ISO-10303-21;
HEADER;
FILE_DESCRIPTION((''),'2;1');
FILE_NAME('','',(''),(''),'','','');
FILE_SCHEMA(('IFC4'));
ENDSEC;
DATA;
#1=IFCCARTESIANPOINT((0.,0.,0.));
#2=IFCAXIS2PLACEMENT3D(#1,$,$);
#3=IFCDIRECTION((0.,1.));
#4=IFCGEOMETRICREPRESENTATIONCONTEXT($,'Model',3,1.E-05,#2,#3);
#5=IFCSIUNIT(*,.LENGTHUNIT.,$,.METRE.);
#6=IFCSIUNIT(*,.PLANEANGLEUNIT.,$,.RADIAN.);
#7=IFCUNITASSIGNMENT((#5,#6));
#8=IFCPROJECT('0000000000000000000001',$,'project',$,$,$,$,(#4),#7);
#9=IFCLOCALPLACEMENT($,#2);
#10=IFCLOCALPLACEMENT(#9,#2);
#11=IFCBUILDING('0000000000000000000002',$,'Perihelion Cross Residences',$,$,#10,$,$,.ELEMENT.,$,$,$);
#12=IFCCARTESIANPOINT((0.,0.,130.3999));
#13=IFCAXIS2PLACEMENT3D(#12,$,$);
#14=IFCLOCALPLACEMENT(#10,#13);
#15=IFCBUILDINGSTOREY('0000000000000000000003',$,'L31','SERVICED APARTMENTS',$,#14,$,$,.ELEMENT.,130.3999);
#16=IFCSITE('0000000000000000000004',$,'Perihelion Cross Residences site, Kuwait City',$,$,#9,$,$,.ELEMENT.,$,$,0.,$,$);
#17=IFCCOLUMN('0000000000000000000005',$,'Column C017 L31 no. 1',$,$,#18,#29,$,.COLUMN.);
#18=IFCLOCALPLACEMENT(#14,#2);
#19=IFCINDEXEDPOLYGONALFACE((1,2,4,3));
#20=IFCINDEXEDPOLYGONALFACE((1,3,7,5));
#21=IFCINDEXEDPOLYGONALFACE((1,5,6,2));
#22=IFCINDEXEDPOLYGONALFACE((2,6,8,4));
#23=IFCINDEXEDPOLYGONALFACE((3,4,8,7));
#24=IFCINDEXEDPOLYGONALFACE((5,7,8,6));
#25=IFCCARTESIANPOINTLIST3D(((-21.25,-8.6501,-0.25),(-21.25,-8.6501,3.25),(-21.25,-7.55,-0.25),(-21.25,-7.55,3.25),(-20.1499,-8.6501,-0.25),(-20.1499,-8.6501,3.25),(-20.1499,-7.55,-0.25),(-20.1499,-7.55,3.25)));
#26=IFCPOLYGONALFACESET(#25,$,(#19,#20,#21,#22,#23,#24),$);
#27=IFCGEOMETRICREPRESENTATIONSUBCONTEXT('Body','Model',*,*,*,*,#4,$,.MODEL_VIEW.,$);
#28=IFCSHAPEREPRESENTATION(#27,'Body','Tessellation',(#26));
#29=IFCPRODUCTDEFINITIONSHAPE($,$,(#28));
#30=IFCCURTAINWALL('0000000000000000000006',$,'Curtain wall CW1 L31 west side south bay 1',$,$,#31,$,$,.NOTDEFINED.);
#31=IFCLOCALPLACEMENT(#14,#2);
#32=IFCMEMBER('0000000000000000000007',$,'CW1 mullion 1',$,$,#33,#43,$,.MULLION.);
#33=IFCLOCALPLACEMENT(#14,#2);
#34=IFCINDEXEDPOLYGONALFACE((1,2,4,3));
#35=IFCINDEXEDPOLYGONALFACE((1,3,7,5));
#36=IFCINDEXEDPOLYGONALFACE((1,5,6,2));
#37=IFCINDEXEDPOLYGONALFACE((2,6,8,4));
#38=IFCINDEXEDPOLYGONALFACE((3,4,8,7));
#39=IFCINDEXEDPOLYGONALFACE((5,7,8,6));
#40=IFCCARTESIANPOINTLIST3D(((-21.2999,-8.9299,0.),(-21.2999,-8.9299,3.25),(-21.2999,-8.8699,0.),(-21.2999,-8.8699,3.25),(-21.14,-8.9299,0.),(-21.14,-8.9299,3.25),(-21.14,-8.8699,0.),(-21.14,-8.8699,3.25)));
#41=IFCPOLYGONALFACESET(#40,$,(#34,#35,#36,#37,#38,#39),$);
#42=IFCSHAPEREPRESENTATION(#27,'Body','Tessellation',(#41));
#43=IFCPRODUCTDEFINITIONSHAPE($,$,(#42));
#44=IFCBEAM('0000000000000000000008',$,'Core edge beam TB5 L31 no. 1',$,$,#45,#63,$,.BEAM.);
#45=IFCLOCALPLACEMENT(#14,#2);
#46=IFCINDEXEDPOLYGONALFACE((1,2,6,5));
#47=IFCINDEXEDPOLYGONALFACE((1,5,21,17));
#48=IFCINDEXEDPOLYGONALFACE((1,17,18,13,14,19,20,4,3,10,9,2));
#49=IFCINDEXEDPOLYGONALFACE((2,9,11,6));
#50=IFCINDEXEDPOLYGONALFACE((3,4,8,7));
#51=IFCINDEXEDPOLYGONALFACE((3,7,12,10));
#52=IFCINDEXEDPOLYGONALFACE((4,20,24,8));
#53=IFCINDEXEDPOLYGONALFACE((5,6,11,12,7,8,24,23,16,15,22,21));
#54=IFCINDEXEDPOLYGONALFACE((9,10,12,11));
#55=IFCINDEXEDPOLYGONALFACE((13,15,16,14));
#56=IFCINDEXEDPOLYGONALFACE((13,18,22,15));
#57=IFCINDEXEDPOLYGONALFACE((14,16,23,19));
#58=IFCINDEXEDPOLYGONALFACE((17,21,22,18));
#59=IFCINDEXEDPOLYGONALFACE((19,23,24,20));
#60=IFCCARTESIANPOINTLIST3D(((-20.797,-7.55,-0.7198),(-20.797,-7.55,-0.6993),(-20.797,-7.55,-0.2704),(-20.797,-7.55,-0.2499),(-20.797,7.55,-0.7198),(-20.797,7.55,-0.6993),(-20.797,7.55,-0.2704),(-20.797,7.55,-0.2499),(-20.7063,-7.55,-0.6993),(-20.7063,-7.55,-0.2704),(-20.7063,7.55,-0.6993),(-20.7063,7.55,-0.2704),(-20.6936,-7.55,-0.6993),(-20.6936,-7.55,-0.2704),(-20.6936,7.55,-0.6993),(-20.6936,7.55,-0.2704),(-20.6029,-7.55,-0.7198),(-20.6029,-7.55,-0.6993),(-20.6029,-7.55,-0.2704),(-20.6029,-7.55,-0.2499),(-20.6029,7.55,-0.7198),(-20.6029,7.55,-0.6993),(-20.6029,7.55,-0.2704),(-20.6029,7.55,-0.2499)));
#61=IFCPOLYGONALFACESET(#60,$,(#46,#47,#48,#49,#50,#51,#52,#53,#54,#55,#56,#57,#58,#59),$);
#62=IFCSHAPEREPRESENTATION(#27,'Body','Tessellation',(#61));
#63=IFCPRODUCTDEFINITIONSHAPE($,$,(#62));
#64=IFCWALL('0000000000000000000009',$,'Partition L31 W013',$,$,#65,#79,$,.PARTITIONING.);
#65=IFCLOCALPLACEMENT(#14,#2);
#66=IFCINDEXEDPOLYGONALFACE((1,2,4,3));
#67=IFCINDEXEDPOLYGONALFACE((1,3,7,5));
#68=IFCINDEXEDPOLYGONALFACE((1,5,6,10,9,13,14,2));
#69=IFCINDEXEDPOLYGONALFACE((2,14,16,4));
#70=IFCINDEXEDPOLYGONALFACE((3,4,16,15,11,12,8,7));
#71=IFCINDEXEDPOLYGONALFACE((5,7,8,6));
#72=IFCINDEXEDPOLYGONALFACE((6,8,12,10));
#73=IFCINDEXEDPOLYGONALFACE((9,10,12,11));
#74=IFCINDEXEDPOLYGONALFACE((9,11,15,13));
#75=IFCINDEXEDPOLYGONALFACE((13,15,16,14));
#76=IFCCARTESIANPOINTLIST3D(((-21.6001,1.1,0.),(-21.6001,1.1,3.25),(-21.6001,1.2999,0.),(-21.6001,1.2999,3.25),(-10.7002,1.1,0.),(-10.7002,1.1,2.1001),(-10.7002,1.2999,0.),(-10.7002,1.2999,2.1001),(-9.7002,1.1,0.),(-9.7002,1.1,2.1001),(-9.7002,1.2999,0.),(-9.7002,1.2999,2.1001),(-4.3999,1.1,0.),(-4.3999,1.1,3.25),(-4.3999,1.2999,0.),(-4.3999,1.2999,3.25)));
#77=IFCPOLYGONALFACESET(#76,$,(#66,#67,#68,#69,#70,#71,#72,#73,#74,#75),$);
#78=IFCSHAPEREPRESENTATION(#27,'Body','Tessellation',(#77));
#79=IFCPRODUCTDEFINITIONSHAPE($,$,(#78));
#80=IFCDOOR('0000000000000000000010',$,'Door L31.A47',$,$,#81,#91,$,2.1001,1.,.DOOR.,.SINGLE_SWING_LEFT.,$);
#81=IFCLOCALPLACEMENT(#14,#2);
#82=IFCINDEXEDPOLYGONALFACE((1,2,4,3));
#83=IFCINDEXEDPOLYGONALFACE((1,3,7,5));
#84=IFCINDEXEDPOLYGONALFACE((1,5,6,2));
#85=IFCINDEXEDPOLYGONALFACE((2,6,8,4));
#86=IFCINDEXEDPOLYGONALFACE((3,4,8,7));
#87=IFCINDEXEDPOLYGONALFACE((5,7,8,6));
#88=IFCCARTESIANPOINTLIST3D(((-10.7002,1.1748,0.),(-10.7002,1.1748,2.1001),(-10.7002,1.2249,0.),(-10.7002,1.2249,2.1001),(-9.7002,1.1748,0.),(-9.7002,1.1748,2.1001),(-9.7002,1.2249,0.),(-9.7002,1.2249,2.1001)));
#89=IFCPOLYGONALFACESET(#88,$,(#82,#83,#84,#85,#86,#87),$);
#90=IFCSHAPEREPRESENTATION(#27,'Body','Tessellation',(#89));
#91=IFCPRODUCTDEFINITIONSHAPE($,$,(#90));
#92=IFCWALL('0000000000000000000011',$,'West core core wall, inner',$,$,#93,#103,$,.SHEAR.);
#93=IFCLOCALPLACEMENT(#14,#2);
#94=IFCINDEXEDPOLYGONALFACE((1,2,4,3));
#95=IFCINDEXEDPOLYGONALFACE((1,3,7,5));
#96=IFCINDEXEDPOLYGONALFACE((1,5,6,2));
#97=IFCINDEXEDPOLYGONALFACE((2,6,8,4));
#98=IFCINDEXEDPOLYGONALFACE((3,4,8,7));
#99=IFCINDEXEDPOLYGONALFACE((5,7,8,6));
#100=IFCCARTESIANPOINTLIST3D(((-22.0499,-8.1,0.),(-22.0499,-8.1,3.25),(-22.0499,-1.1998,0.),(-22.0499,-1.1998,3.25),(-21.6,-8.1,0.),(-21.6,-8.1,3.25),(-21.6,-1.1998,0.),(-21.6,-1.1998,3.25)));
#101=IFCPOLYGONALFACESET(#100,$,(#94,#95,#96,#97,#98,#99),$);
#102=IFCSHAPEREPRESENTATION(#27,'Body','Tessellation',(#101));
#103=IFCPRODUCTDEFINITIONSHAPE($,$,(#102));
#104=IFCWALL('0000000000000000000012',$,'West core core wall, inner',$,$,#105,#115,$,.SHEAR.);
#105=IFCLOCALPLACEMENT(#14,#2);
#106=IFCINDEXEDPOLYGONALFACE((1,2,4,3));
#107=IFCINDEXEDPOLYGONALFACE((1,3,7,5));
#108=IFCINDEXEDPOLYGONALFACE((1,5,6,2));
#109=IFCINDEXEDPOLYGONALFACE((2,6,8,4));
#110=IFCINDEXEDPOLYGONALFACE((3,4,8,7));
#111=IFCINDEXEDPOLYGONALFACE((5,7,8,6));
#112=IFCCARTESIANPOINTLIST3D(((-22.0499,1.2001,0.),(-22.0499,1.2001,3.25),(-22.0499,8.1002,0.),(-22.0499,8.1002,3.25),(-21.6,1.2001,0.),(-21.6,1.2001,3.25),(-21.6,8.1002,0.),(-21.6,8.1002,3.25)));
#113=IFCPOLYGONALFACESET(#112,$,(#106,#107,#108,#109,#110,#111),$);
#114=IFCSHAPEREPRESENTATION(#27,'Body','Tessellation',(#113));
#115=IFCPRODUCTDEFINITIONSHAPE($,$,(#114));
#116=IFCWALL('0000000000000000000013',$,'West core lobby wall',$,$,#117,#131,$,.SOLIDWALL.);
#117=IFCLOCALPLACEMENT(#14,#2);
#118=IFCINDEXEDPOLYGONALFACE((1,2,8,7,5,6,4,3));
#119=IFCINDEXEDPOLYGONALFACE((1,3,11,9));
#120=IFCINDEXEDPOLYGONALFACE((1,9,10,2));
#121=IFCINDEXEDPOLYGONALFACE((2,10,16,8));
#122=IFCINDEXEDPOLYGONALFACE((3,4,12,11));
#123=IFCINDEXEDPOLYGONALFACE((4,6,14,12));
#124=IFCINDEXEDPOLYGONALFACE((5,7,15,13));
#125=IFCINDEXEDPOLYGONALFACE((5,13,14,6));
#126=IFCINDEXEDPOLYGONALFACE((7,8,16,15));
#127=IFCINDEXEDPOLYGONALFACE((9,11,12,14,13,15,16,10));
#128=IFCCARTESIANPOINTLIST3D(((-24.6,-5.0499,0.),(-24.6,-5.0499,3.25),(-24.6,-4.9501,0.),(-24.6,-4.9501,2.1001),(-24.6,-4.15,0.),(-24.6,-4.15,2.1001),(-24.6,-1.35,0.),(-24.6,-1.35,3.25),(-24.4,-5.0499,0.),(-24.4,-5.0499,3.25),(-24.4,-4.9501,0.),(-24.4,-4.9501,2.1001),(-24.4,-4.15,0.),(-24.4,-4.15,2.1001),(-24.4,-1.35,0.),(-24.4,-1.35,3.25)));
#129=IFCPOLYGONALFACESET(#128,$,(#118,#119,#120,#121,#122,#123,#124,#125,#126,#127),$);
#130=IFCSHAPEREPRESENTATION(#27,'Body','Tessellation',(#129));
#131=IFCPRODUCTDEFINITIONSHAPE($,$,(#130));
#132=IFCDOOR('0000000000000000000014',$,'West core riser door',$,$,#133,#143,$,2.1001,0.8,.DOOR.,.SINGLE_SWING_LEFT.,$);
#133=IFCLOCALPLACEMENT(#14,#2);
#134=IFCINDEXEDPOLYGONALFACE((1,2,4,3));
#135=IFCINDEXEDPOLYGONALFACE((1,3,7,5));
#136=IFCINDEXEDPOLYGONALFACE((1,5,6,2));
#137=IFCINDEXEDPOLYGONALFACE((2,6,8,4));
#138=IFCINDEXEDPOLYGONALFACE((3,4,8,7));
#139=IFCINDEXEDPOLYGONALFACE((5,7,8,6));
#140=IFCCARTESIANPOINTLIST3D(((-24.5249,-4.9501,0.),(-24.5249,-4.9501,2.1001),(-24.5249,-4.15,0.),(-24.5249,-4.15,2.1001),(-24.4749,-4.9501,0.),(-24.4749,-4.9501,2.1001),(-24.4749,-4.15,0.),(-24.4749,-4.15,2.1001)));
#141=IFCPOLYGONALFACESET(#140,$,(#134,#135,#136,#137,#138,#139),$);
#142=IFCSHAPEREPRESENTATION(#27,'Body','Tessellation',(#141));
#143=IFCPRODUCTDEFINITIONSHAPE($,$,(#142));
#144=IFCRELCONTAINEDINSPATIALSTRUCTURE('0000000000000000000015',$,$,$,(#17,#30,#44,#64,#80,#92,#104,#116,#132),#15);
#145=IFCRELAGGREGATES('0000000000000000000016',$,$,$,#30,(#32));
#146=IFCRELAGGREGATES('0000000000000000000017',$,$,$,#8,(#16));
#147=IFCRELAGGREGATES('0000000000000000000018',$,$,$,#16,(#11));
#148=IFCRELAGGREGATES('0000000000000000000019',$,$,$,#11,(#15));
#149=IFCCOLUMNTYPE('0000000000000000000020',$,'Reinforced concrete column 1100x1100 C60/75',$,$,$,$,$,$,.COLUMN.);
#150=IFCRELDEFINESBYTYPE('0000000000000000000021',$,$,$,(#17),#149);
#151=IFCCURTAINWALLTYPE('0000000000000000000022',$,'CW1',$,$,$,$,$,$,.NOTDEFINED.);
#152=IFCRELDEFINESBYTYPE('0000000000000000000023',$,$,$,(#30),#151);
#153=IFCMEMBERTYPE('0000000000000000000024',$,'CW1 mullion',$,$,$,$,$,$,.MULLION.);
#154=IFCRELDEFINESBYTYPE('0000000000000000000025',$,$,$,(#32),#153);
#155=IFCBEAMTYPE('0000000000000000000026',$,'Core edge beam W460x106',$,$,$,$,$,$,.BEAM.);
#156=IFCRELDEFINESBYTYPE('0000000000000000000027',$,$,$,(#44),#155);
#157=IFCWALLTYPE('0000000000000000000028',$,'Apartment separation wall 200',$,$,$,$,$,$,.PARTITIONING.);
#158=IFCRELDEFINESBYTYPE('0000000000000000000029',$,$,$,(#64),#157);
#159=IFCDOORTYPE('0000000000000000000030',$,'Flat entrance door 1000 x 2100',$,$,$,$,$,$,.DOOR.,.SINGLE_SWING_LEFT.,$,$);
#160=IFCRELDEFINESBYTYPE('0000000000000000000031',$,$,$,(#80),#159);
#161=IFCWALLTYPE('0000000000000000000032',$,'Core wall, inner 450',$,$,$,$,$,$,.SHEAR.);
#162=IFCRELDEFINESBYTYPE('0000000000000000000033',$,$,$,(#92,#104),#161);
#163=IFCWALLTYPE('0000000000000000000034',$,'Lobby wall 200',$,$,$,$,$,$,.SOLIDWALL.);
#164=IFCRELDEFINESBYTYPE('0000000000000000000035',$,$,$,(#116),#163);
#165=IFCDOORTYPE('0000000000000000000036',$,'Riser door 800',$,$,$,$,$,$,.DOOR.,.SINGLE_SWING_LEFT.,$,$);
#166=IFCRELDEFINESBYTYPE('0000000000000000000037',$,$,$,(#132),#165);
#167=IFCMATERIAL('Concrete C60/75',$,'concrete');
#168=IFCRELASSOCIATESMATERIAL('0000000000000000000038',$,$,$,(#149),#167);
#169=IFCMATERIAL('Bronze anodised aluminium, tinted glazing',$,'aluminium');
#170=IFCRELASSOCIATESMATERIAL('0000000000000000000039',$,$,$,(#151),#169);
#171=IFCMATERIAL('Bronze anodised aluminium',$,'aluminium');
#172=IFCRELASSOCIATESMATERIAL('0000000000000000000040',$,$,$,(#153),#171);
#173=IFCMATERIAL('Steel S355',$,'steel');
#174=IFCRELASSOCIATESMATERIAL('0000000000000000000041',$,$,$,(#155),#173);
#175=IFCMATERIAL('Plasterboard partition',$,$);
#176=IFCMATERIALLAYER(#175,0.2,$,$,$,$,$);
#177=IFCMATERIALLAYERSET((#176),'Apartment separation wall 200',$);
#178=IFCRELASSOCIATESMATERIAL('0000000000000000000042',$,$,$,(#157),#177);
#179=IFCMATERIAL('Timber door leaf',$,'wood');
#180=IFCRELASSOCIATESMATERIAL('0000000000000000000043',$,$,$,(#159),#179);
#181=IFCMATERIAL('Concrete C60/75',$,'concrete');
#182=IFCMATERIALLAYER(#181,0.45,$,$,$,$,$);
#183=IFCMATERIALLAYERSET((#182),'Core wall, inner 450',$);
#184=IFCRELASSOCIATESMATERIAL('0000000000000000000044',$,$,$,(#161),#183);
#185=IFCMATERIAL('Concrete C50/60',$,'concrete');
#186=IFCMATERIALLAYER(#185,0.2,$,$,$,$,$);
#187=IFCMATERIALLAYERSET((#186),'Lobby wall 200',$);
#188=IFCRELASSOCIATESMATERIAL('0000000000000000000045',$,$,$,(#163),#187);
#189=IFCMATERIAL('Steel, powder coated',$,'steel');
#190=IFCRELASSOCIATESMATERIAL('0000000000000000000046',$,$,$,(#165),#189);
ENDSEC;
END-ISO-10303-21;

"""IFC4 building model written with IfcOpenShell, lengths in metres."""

from ifc_helpers import new_model, si_unit, direction, frame, frame_2d, origin, origin_2d, place, context, subcontext, project, spatial, rectangle, i_section, extrude, material, layer, layer_set, material_profile, profile_set, type_object, element, fill, aggregate, save


model = new_model("IFC4")

# Units and contexts
model_context = context("Model", 3, precision=1e-05, world=origin(), true_north=direction((0.0, 1.0)))
body_context = subcontext(model_context, "Body", "Model", "MODEL_VIEW")
ifc_project = project(units=[si_unit("LENGTHUNIT", "METRE"), si_unit("PLANEANGLEUNIT", "RADIAN")], contexts=[model_context])

# Site, building, storey
site_placement = place(None, origin())
site = spatial("IfcSite", under=ifc_project, at=site_placement, Name="Perihelion Cross Residences site, Kuwait City", CompositionType="ELEMENT", RefElevation=0.0)
building_placement = place(site_placement, origin())
building = spatial("IfcBuilding", under=site, at=building_placement, Name="Perihelion Cross Residences", CompositionType="ELEMENT")
storey_placement = place(building_placement, frame((0.0, 0.0, 130.3999)))
storey = spatial("IfcBuildingStorey", under=building, at=storey_placement, Name="L31", Description="SERVICED APARTMENTS", CompositionType="ELEMENT", Elevation=130.3999)

# Column
ifc_material_1 = material(Name="Concrete C60/75", Category="concrete")
ifc_material_profile_1 = material_profile(ifc_material_1, rectangle(XDim=1.1001, YDim=1.1001, at=origin_2d()), Name="RC 1100x1100")
ifc_profile_set_1 = profile_set([ifc_material_profile_1], Name="Concrete C60/75")
column_type = type_object("IfcColumnType", Name="Reinforced concrete column 1100x1100 C60/75", PredefinedType="COLUMN", material=ifc_profile_set_1)
column_placement = place(storey_placement, frame((-20.7, -8.1001, -0.25), z_axis=(0.0, 0.0, 1.0), x_axis=(1.0, 0.0, 0.0)))
element("IfcColumn", 1, at=column_placement, inside=storey, type_object=column_type, Name="Column C017 L31 no. 1", PredefinedType="COLUMN", context=body_context, shape_type="SweptSolid", body=[
    extrude(rectangle(XDim=1.1001, YDim=1.1001, at=origin_2d()), origin(), (0.0, 0.0, 1.0), 3.5),
])

# Curtain wall, member
ifc_material_2 = material(Name="Bronze anodised aluminium, tinted glazing", Category="aluminium")
curtain_wall_type = type_object("IfcCurtainWallType", Name="CW1", PredefinedType="NOTDEFINED", material=ifc_material_2)
curtain_wall_placement = place(storey_placement, origin())
curtain_wall = element("IfcCurtainWall", 2, at=curtain_wall_placement, inside=storey, type_object=curtain_wall_type, Name="Curtain wall CW1 L31 west side south bay 1", PredefinedType="NOTDEFINED")
ifc_material_3 = material(Name="Bronze anodised aluminium", Category="aluminium")
ifc_material_profile_2 = material_profile(ifc_material_3, rectangle(XDim=0.0601, YDim=0.1599, at=origin_2d()), Name="CW1 mullion")
ifc_profile_set_2 = profile_set([ifc_material_profile_2], Name="Bronze anodised aluminium")
member_type = type_object("IfcMemberType", Name="CW1 mullion", PredefinedType="MULLION", material=ifc_profile_set_2)
member_placement = place(storey_placement, frame((-21.22, -8.8999, 0.0), z_axis=(0.0, 0.0, 1.0), x_axis=(0.0, 1.0, 0.0)))
member = element("IfcMember", 3, at=member_placement, type_object=member_type, Name="CW1 mullion 1", PredefinedType="MULLION", context=body_context, shape_type="SweptSolid", body=[
    extrude(rectangle(XDim=0.0601, YDim=0.1599, at=origin_2d()), origin(), (0.0, 0.0, 1.0), 3.25),
])
aggregate(curtain_wall, [member])

# Beam
ifc_material_4 = material(Name="Steel S355", Category="steel")
ifc_material_profile_3 = material_profile(ifc_material_4, i_section(OverallWidth=0.1941, OverallDepth=0.47, WebThickness=0.0127, FlangeThickness=0.0205, at=origin_2d()), Name="W460x106")
ifc_profile_set_3 = profile_set([ifc_material_profile_3], Name="Steel S355")
beam_type = type_object("IfcBeamType", Name="Core edge beam W460x106", PredefinedType="BEAM", material=ifc_profile_set_3)
beam_placement = place(storey_placement, frame((-20.7, -7.55, -0.4849), z_axis=(0.0, 1.0, 0.0), x_axis=(-1.0, 0.0, 0.0)))
element("IfcBeam", 4, at=beam_placement, inside=storey, type_object=beam_type, Name="Core edge beam TB5 L31 no. 1", PredefinedType="BEAM", context=body_context, shape_type="SweptSolid", body=[
    extrude(i_section(OverallWidth=0.1941, OverallDepth=0.47, WebThickness=0.0127, FlangeThickness=0.0205, at=origin_2d()), origin(), (0.0, 0.0, 1.0), 15.1001),
])

# Wall, opening, door
ifc_material_5 = material(Name="Plasterboard partition")
ifc_layer_1 = layer(ifc_material_5, 0.2)
ifc_layer_set_1 = layer_set([ifc_layer_1], Name="Apartment separation wall 200")
wall_type_1 = type_object("IfcWallType", Name="Apartment separation wall 200", PredefinedType="PARTITIONING", material=ifc_layer_set_1)
wall_1_placement = place(storey_placement, frame((-21.6001, 1.2, 0.0), z_axis=(0.0, 0.0, 1.0), x_axis=(1.0, 0.0, 0.0)))
wall_1 = element("IfcWall", 5, at=wall_1_placement, inside=storey, type_object=wall_type_1, Name="Partition L31 W013", PredefinedType="PARTITIONING", context=body_context, shape_type="SweptSolid", body=[
    extrude(rectangle(XDim=17.2002, YDim=0.2, at=frame_2d((8.6001, 0.0))), origin(), (0.0, 0.0, 1.0), 3.25),
])
opening_1_placement = place(wall_1_placement, frame((10.8999, 0.0, 0.0)))
opening_1 = element("IfcOpeningElement", 6, at=opening_1_placement, cuts=wall_1, PredefinedType="OPENING", context=body_context, shape_type="SweptSolid", body=[
    extrude(rectangle(XDim=1.0, YDim=2.1001, at=frame_2d((0.5, 1.05))), frame((0.0, 0.1099, 0.0), z_axis=(0.0, -1.0, 0.0), x_axis=(1.0, 0.0, 0.0)), (0.0, 0.0, 1.0), 0.22),
])
ifc_material_6 = material(Name="Timber door leaf", Category="wood")
door_type_1 = type_object("IfcDoorType", Name="Flat entrance door 1000 x 2100", OperationType="SINGLE_SWING_LEFT", PredefinedType="DOOR", material=ifc_material_6)
door_1_placement = place(opening_1_placement, origin())
door_1 = element("IfcDoor", 7, at=door_1_placement, inside=storey, type_object=door_type_1, Name="Door L31.A47", OperationType="SINGLE_SWING_LEFT", OverallHeight=2.1001, OverallWidth=1.0, PredefinedType="DOOR", context=body_context, shape_type="SweptSolid", body=[
    extrude(rectangle(XDim=1.0, YDim=2.1001, at=frame_2d((0.5, 1.05))), frame((0.0, 0.0249, 0.0), z_axis=(0.0, -1.0, 0.0), x_axis=(1.0, 0.0, 0.0)), (0.0, 0.0, 1.0), 0.05),
])
fill(opening_1, door_1)

# Walls
ifc_material_7 = material(Name="Concrete C60/75", Category="concrete")
ifc_layer_2 = layer(ifc_material_7, 0.45)
ifc_layer_set_2 = layer_set([ifc_layer_2], Name="Core wall, inner 450")
wall_type_2 = type_object("IfcWallType", Name="Core wall, inner 450", PredefinedType="SHEAR", material=ifc_layer_set_2)
for number, where, z_axis, x_axis, name in (
    (8, (-21.825, -8.1001, 0.0), (0.0, 0.0, 1.0), (0.0, 1.0, 0.0), "West core core wall, inner"),
    (9, (-21.825, 1.2, 0.0), (0.0, 0.0, 1.0), (0.0, 1.0, 0.0), "West core core wall, inner"),
):
    element("IfcWall", number, at=place(storey_placement, frame(where, z_axis=z_axis, x_axis=x_axis)), inside=storey, type_object=wall_type_2, Name=name, PredefinedType="SHEAR", context=body_context, shape_type="SweptSolid", body=[
        extrude(rectangle(XDim=6.9001, YDim=0.45, at=frame_2d((3.4502, 0.0))), origin(), (0.0, 0.0, 1.0), 3.25),
    ])

# Wall, opening, door
ifc_material_8 = material(Name="Concrete C50/60", Category="concrete")
ifc_layer_3 = layer(ifc_material_8, 0.2)
ifc_layer_set_3 = layer_set([ifc_layer_3], Name="Lobby wall 200")
wall_type_3 = type_object("IfcWallType", Name="Lobby wall 200", PredefinedType="SOLIDWALL", material=ifc_layer_set_3)
wall_2_placement = place(storey_placement, frame((-24.5, -5.05, 0.0), z_axis=(0.0, 0.0, 1.0), x_axis=(0.0, 1.0, 0.0)))
wall_2 = element("IfcWall", 10, at=wall_2_placement, inside=storey, type_object=wall_type_3, Name="West core lobby wall", PredefinedType="SOLIDWALL", context=body_context, shape_type="SweptSolid", body=[
    extrude(rectangle(XDim=3.7, YDim=0.2, at=frame_2d((1.8501, 0.0))), origin(), (0.0, 0.0, 1.0), 3.25),
])
opening_2_placement = place(wall_2_placement, frame((0.1001, 0.0, 0.0)))
opening_2 = element("IfcOpeningElement", 11, at=opening_2_placement, cuts=wall_2, PredefinedType="OPENING", context=body_context, shape_type="SweptSolid", body=[
    extrude(rectangle(XDim=0.8, YDim=2.1001, at=frame_2d((0.3999, 1.05))), frame((0.0, 0.1099, 0.0), z_axis=(0.0, -1.0, 0.0), x_axis=(1.0, 0.0, 0.0)), (0.0, 0.0, 1.0), 0.22),
])
ifc_material_9 = material(Name="Steel, powder coated", Category="steel")
door_type_2 = type_object("IfcDoorType", Name="Riser door 800", OperationType="SINGLE_SWING_LEFT", PredefinedType="DOOR", material=ifc_material_9)
door_2_placement = place(opening_2_placement, origin())
door_2 = element("IfcDoor", 12, at=door_2_placement, inside=storey, type_object=door_type_2, Name="West core riser door", OperationType="SINGLE_SWING_LEFT", OverallHeight=2.1001, OverallWidth=0.8, PredefinedType="DOOR", context=body_context, shape_type="SweptSolid", body=[
    extrude(rectangle(XDim=0.8, YDim=2.1001, at=frame_2d((0.3999, 1.05))), frame((0.0, 0.0249, 0.0), z_axis=(0.0, -1.0, 0.0), x_axis=(1.0, 0.0, 0.0)), (0.0, 0.0, 1.0), 0.05),
])
fill(opening_2, door_2)

save(model, "model.ifc")
